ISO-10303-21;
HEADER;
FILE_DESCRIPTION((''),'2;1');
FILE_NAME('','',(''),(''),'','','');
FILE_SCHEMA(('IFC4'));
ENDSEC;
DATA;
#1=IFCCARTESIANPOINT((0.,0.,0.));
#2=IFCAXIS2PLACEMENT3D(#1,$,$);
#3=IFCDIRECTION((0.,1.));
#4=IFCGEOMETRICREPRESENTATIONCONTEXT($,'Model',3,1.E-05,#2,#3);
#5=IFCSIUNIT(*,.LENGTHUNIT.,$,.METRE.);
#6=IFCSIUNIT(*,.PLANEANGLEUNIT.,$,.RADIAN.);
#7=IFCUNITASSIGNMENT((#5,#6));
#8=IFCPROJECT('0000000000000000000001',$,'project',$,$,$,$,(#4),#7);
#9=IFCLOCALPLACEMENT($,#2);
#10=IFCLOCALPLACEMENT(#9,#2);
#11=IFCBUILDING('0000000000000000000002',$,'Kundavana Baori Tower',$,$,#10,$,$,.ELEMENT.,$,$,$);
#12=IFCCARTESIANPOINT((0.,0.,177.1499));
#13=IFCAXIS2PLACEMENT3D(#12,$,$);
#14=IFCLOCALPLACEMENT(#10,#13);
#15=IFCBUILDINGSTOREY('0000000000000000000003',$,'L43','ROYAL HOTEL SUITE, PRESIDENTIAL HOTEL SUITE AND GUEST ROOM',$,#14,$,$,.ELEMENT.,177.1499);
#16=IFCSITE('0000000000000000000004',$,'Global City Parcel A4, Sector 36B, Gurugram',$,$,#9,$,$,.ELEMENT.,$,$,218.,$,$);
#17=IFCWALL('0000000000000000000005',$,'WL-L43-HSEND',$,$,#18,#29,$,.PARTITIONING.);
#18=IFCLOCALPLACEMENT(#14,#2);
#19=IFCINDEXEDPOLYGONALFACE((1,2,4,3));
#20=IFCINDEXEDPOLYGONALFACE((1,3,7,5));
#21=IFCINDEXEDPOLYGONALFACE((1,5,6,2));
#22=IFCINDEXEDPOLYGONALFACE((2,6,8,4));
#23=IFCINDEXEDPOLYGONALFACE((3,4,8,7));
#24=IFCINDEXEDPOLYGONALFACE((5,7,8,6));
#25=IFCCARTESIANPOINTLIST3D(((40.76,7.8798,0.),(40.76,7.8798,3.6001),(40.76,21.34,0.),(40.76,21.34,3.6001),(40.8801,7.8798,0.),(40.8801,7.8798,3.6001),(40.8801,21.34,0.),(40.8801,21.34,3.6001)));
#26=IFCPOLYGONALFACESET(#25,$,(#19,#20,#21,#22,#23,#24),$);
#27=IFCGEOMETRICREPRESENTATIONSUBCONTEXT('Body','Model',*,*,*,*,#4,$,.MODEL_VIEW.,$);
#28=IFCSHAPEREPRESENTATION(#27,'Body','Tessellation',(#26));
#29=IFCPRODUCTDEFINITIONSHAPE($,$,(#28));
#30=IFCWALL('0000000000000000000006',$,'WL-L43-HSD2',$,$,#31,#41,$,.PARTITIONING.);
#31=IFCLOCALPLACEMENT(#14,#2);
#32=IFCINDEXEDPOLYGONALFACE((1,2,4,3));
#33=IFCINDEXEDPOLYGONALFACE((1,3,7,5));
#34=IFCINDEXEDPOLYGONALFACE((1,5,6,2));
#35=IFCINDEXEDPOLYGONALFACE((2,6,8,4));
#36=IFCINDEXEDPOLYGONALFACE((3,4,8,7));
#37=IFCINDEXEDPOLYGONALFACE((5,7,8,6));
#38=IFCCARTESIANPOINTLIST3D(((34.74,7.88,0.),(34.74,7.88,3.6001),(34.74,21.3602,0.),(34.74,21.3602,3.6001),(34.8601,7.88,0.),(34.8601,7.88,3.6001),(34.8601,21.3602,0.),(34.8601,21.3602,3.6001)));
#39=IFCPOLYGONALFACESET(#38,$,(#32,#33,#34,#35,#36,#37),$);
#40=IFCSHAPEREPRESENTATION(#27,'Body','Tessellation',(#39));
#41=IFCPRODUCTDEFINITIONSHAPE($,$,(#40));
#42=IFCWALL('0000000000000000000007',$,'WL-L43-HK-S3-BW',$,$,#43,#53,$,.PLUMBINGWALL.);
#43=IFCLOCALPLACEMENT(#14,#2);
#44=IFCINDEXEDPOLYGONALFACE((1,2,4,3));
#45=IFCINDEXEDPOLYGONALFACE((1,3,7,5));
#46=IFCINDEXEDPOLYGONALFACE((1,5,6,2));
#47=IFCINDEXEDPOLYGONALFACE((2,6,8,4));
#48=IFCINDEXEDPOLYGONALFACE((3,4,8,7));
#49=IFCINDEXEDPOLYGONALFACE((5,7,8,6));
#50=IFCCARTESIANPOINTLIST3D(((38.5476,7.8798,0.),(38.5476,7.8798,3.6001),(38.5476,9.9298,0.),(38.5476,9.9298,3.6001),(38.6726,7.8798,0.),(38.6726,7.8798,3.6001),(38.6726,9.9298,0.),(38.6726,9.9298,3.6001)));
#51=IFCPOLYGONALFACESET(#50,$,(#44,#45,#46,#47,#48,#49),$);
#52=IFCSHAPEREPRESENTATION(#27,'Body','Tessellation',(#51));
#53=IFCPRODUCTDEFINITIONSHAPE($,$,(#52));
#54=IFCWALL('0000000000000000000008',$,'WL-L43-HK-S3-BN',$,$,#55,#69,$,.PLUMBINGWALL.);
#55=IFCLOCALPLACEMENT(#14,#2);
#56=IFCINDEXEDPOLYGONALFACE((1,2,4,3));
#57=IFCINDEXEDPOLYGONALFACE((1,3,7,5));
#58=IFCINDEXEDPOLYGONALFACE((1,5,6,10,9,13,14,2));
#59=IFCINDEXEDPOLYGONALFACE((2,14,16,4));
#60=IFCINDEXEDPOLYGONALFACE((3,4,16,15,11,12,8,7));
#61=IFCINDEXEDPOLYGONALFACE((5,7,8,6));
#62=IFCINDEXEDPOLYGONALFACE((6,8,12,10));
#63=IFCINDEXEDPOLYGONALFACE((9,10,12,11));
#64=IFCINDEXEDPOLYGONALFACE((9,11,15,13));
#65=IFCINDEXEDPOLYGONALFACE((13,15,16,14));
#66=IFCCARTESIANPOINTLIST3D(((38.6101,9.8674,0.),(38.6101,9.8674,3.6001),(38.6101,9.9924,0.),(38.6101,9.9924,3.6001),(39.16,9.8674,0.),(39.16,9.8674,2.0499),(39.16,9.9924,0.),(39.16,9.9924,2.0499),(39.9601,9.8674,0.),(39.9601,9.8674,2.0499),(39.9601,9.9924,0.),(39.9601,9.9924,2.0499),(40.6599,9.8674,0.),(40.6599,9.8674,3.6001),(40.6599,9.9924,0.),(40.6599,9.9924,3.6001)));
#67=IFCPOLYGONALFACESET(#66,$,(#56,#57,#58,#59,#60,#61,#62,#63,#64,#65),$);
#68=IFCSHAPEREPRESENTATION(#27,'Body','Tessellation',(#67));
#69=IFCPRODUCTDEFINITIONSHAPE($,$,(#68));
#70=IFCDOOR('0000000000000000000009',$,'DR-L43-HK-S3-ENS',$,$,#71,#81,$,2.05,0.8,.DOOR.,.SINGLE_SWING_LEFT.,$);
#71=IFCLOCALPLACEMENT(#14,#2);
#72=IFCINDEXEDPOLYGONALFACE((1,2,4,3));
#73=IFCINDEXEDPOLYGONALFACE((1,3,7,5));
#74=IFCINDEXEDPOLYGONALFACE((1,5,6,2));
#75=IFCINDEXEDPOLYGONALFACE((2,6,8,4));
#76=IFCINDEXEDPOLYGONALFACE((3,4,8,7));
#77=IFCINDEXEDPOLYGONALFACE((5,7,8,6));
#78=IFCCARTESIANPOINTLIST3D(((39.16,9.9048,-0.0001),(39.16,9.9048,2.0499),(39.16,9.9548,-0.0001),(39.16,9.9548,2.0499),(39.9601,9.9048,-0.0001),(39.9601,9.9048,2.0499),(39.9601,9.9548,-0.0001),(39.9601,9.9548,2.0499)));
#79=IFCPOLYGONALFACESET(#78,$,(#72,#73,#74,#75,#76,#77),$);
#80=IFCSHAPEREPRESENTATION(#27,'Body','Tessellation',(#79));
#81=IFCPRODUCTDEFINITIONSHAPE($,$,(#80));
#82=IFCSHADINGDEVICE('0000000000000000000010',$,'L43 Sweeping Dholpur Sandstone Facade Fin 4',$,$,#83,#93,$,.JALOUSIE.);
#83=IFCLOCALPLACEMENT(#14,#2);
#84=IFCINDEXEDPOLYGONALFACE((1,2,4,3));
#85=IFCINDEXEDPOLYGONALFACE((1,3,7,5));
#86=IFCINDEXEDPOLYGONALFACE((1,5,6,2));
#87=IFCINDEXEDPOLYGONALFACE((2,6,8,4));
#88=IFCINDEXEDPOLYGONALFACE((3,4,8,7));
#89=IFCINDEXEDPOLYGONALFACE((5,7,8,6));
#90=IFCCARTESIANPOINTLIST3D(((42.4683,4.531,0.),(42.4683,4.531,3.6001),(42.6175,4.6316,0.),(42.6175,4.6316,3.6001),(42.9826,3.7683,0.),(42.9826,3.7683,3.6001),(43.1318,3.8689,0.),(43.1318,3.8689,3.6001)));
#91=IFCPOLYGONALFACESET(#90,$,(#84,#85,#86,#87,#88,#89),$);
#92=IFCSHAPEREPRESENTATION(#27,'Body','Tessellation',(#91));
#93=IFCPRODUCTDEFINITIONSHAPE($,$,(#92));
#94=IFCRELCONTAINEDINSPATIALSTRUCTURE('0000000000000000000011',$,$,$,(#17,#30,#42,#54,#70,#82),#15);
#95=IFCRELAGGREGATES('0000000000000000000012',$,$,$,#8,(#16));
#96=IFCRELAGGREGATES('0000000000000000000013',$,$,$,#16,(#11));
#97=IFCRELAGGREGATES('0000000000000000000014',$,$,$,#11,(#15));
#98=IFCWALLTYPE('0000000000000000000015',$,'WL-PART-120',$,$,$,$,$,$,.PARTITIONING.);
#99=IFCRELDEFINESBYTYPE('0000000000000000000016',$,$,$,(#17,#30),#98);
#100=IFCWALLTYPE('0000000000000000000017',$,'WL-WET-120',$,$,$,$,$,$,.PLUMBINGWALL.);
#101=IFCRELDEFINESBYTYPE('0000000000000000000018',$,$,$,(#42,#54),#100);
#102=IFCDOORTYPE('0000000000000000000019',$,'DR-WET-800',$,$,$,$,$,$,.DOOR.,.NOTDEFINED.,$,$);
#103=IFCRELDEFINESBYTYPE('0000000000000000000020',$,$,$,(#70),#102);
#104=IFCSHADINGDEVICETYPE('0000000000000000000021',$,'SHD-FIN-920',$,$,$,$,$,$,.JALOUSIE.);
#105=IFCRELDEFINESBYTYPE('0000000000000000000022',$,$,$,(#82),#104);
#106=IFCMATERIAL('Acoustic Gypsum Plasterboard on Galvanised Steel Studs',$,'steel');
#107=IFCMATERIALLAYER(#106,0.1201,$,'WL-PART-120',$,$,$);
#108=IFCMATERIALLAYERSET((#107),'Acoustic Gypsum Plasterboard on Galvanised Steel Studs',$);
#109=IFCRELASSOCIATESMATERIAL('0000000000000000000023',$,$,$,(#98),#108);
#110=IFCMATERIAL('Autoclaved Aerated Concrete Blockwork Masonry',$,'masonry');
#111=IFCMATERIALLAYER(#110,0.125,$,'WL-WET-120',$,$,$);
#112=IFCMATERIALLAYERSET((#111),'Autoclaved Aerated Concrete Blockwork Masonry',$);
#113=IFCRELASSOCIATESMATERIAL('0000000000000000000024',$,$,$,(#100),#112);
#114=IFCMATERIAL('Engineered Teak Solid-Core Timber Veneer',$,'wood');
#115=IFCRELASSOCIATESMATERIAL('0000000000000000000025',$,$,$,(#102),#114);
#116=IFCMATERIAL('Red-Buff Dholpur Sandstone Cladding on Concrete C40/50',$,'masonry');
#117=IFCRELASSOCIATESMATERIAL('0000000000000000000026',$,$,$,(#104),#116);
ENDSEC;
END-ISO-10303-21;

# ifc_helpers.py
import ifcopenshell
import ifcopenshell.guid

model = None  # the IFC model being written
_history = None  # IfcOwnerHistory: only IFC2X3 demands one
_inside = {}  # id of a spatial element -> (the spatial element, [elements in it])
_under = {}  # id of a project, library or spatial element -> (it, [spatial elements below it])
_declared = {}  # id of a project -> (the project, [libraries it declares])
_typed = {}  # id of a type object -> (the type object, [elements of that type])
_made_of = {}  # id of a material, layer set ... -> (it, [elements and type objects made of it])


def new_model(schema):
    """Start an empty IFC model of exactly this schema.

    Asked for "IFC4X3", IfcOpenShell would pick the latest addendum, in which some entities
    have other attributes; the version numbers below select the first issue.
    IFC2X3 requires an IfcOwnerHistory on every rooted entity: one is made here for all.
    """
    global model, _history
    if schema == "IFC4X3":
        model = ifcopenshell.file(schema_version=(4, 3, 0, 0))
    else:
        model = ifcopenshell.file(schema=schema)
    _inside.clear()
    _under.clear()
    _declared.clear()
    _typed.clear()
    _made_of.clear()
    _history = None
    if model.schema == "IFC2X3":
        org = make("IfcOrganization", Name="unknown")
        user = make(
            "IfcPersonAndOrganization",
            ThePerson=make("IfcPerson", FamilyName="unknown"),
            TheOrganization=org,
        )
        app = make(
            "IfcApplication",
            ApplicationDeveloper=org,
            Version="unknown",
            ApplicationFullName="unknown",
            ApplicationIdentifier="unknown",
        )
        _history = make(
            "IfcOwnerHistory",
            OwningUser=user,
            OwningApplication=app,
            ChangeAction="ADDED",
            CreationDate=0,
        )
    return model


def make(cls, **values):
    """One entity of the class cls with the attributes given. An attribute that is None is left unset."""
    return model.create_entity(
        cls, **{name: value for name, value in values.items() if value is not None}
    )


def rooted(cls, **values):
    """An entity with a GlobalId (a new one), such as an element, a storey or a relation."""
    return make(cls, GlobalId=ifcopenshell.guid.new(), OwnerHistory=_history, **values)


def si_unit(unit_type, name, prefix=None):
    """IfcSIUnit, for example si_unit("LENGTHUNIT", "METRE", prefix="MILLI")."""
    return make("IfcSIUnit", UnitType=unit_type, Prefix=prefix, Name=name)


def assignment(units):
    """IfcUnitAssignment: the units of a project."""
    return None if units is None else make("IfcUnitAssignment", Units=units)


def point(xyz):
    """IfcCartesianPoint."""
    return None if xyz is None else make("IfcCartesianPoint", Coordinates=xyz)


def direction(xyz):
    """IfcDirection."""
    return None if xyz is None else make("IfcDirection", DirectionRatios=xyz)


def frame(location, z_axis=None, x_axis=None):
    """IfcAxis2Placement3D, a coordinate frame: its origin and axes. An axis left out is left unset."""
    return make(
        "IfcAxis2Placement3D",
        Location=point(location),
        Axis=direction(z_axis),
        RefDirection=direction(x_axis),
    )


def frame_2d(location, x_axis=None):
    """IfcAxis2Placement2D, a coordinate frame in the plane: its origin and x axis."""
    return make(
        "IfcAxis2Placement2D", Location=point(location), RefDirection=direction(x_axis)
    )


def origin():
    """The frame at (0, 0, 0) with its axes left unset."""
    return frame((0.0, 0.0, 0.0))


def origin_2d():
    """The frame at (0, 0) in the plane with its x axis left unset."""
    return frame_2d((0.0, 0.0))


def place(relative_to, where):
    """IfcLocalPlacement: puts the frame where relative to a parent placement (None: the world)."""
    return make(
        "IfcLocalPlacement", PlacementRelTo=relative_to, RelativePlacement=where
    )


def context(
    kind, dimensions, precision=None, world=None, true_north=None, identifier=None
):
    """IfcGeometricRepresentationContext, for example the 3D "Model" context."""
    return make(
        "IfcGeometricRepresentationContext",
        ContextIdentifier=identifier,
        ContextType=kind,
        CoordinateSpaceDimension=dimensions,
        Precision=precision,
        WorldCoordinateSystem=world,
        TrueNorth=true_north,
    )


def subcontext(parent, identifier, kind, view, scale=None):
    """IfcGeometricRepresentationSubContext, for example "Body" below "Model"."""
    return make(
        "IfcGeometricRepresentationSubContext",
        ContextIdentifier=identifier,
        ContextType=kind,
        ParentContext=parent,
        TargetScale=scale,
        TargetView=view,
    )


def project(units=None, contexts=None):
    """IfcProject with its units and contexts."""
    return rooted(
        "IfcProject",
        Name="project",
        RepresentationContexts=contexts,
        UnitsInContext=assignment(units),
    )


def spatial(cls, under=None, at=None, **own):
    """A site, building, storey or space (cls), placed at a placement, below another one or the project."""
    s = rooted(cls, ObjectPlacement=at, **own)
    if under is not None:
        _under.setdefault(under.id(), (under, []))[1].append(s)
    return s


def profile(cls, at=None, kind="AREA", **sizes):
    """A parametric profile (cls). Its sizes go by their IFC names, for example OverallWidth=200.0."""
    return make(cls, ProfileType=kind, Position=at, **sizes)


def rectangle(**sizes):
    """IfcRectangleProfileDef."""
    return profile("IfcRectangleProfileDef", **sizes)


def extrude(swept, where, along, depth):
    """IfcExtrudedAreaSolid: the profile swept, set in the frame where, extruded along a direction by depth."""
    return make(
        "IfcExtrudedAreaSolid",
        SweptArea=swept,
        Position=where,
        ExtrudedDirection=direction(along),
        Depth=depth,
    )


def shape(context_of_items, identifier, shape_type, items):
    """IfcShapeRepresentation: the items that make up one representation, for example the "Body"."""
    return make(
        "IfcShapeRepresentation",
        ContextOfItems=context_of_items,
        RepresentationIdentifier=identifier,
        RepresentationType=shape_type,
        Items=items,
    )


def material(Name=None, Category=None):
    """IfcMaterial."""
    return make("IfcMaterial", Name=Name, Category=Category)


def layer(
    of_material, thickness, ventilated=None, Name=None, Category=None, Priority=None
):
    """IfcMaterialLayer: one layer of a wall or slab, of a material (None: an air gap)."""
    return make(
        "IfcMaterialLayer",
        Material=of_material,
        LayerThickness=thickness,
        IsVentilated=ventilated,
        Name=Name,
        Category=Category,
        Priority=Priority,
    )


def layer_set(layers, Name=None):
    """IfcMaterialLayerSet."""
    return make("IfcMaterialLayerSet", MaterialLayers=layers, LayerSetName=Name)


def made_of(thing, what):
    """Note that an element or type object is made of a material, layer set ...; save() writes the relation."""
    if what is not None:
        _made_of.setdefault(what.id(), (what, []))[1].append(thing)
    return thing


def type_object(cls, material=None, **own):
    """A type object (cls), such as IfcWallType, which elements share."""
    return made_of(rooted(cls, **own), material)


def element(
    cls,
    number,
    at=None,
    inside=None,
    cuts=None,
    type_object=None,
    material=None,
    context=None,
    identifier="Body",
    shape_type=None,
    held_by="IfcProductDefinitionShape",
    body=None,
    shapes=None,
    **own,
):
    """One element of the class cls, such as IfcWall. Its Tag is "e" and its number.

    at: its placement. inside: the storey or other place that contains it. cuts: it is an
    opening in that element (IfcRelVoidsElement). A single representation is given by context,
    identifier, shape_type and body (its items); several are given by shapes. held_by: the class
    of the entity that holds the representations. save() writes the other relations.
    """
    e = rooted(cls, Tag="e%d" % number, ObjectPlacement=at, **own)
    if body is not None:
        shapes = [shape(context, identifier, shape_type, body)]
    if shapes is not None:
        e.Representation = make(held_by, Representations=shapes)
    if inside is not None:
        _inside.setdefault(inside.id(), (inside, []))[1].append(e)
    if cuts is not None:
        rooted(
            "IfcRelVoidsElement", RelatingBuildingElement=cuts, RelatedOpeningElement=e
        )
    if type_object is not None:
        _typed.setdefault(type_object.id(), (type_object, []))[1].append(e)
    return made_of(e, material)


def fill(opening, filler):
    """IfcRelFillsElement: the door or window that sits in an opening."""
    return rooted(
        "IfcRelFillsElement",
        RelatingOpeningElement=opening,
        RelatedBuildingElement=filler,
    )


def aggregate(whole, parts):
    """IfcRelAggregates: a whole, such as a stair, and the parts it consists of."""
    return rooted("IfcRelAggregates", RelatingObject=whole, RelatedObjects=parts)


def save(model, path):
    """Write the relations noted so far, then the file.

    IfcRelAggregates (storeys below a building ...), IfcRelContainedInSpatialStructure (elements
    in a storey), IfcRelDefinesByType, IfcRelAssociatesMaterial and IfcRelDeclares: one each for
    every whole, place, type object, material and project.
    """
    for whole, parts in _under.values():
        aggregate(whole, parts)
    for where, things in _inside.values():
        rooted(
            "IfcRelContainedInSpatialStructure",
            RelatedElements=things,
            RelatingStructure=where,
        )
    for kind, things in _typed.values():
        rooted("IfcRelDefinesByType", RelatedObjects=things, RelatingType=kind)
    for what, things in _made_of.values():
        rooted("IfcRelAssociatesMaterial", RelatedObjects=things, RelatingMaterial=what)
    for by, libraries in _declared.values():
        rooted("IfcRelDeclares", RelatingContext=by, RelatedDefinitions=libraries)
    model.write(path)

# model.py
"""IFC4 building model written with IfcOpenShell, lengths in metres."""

from ifc_helpers import new_model, si_unit, direction, frame, frame_2d, origin, origin_2d, place, context, subcontext, project, spatial, rectangle, extrude, material, layer, layer_set, type_object, element, fill, save


model = new_model("IFC4")

# Units and contexts
model_context = context("Model", 3, precision=1e-05, world=origin(), true_north=direction((0.0, 1.0)))
body_context = subcontext(model_context, "Body", "Model", "MODEL_VIEW")
ifc_project = project(units=[si_unit("LENGTHUNIT", "METRE"), si_unit("PLANEANGLEUNIT", "RADIAN")], contexts=[model_context])

# Site, building, storey
site_placement = place(None, origin())
site = spatial("IfcSite", under=ifc_project, at=site_placement, Name="Global City Parcel A4, Sector 36B, Gurugram", CompositionType="ELEMENT", RefElevation=218.0)
building_placement = place(site_placement, origin())
building = spatial("IfcBuilding", under=site, at=building_placement, Name="Kundavana Baori Tower", CompositionType="ELEMENT")
storey_placement = place(building_placement, frame((0.0, 0.0, 177.1499)))
storey = spatial("IfcBuildingStorey", under=building, at=storey_placement, Name="L43", Description="ROYAL HOTEL SUITE, PRESIDENTIAL HOTEL SUITE AND GUEST ROOM", CompositionType="ELEMENT", Elevation=177.1499)

# Walls
ifc_material_1 = material(Name="Acoustic Gypsum Plasterboard on Galvanised Steel Studs", Category="steel")
ifc_layer_1 = layer(ifc_material_1, 0.1201, Name="WL-PART-120")
ifc_layer_set_1 = layer_set([ifc_layer_1], Name="Acoustic Gypsum Plasterboard on Galvanised Steel Studs")
wall_type_1 = type_object("IfcWallType", Name="WL-PART-120", PredefinedType="PARTITIONING", material=ifc_layer_set_1)
wall_1_placement = place(storey_placement, frame((40.8201, 7.8799, 0.0), z_axis=(0.0, 0.0, 1.0), x_axis=(0.0, 1.0, 0.0)))
element("IfcWall", 1, at=wall_1_placement, inside=storey, type_object=wall_type_1, Name="WL-L43-HSEND", PredefinedType="PARTITIONING", context=body_context, shape_type="SweptSolid", body=[
    extrude(rectangle(XDim=13.4602, YDim=0.1201, at=frame_2d((6.73, 0.0))), origin(), (0.0, 0.0, 1.0), 3.6001),
])
wall_2_placement = place(storey_placement, frame((34.8, 7.8799, 0.0), z_axis=(0.0, 0.0, 1.0), x_axis=(0.0, 1.0, 0.0)))
element("IfcWall", 2, at=wall_2_placement, inside=storey, type_object=wall_type_1, Name="WL-L43-HSD2", PredefinedType="PARTITIONING", context=body_context, shape_type="SweptSolid", body=[
    extrude(rectangle(XDim=13.4802, YDim=0.1201, at=frame_2d((6.7402, 0.0))), origin(), (0.0, 0.0, 1.0), 3.6001),
])
ifc_material_2 = material(Name="Autoclaved Aerated Concrete Blockwork Masonry", Category="masonry")
ifc_layer_2 = layer(ifc_material_2, 0.125, Name="WL-WET-120")
ifc_layer_set_2 = layer_set([ifc_layer_2], Name="Autoclaved Aerated Concrete Blockwork Masonry")
wall_type_2 = type_object("IfcWallType", Name="WL-WET-120", PredefinedType="PLUMBINGWALL", material=ifc_layer_set_2)
wall_3_placement = place(storey_placement, frame((38.6101, 7.8799, 0.0), z_axis=(0.0, 0.0, 1.0), x_axis=(0.0, 1.0, 0.0)))
element("IfcWall", 3, at=wall_3_placement, inside=storey, type_object=wall_type_2, Name="WL-L43-HK-S3-BW", PredefinedType="PLUMBINGWALL", context=body_context, shape_type="SweptSolid", body=[
    extrude(rectangle(XDim=2.05, YDim=0.125, at=frame_2d((1.0249, 0.0))), origin(), (0.0, 0.0, 1.0), 3.6001),
])

# Wall, opening, door
wall_4_placement = place(storey_placement, frame((38.6101, 9.9299, 0.0), z_axis=(0.0, 0.0, 1.0), x_axis=(1.0, 0.0, 0.0)))
wall_4 = element("IfcWall", 4, at=wall_4_placement, inside=storey, type_object=wall_type_2, Name="WL-L43-HK-S3-BN", PredefinedType="PLUMBINGWALL", context=body_context, shape_type="SweptSolid", body=[
    extrude(rectangle(XDim=2.0498, YDim=0.125, at=frame_2d((1.0249, 0.0))), origin(), (0.0, 0.0, 1.0), 3.6001),
])
opening_1_placement = place(wall_4_placement, frame((0.55, 0.0, 0.0)))
opening_1 = element("IfcOpeningElement", 5, at=opening_1_placement, cuts=wall_4, PredefinedType="OPENING", context=body_context, shape_type="SweptSolid", body=[
    extrude(rectangle(XDim=0.8, YDim=2.05, at=frame_2d((0.3999, 1.0249))), frame((0.0, 0.0725, 0.0), z_axis=(0.0, -1.0, 0.0), x_axis=(1.0, 0.0, 0.0)), (0.0, 0.0, 1.0), 0.145),
])
ifc_material_3 = material(Name="Engineered Teak Solid-Core Timber Veneer", Category="wood")
door_type_1 = type_object("IfcDoorType", Name="DR-WET-800", OperationType="NOTDEFINED", PredefinedType="DOOR", material=ifc_material_3)
door_1_placement = place(opening_1_placement, origin())
door_1 = element("IfcDoor", 6, at=door_1_placement, inside=storey, type_object=door_type_1, Name="DR-L43-HK-S3-ENS", OperationType="SINGLE_SWING_LEFT", OverallHeight=2.05, OverallWidth=0.8, PredefinedType="DOOR", context=body_context, shape_type="SweptSolid", body=[
    extrude(rectangle(XDim=0.8, YDim=2.05, at=frame_2d((0.3999, 1.0249))), frame((0.0, 0.0249, 0.0), z_axis=(0.0, -1.0, 0.0), x_axis=(1.0, 0.0, 0.0)), (0.0, 0.0, 1.0), 0.05),
])
fill(opening_1, door_1)

# Shading device
ifc_material_4 = material(Name="Red-Buff Dholpur Sandstone Cladding on Concrete C40/50", Category="masonry")
shading_device_type = type_object("IfcShadingDeviceType", Name="SHD-FIN-920", PredefinedType="JALOUSIE", material=ifc_material_4)
shading_device_placement = place(storey_placement, frame((42.8, 4.2, 0.0), z_axis=(0.0, 0.0, 1.0), x_axis=(0.829135, 0.559048, 0.0)))
element("IfcShadingDevice", 7, at=shading_device_placement, inside=storey, type_object=shading_device_type, Name="L43 Sweeping Dholpur Sandstone Facade Fin 4", PredefinedType="JALOUSIE", context=body_context, shape_type="SweptSolid", body=[
    extrude(rectangle(XDim=0.1799, YDim=0.9199, at=origin_2d()), origin(), (0.0, 0.0, 1.0), 3.6001),
])

save(model, "model.ifc")
